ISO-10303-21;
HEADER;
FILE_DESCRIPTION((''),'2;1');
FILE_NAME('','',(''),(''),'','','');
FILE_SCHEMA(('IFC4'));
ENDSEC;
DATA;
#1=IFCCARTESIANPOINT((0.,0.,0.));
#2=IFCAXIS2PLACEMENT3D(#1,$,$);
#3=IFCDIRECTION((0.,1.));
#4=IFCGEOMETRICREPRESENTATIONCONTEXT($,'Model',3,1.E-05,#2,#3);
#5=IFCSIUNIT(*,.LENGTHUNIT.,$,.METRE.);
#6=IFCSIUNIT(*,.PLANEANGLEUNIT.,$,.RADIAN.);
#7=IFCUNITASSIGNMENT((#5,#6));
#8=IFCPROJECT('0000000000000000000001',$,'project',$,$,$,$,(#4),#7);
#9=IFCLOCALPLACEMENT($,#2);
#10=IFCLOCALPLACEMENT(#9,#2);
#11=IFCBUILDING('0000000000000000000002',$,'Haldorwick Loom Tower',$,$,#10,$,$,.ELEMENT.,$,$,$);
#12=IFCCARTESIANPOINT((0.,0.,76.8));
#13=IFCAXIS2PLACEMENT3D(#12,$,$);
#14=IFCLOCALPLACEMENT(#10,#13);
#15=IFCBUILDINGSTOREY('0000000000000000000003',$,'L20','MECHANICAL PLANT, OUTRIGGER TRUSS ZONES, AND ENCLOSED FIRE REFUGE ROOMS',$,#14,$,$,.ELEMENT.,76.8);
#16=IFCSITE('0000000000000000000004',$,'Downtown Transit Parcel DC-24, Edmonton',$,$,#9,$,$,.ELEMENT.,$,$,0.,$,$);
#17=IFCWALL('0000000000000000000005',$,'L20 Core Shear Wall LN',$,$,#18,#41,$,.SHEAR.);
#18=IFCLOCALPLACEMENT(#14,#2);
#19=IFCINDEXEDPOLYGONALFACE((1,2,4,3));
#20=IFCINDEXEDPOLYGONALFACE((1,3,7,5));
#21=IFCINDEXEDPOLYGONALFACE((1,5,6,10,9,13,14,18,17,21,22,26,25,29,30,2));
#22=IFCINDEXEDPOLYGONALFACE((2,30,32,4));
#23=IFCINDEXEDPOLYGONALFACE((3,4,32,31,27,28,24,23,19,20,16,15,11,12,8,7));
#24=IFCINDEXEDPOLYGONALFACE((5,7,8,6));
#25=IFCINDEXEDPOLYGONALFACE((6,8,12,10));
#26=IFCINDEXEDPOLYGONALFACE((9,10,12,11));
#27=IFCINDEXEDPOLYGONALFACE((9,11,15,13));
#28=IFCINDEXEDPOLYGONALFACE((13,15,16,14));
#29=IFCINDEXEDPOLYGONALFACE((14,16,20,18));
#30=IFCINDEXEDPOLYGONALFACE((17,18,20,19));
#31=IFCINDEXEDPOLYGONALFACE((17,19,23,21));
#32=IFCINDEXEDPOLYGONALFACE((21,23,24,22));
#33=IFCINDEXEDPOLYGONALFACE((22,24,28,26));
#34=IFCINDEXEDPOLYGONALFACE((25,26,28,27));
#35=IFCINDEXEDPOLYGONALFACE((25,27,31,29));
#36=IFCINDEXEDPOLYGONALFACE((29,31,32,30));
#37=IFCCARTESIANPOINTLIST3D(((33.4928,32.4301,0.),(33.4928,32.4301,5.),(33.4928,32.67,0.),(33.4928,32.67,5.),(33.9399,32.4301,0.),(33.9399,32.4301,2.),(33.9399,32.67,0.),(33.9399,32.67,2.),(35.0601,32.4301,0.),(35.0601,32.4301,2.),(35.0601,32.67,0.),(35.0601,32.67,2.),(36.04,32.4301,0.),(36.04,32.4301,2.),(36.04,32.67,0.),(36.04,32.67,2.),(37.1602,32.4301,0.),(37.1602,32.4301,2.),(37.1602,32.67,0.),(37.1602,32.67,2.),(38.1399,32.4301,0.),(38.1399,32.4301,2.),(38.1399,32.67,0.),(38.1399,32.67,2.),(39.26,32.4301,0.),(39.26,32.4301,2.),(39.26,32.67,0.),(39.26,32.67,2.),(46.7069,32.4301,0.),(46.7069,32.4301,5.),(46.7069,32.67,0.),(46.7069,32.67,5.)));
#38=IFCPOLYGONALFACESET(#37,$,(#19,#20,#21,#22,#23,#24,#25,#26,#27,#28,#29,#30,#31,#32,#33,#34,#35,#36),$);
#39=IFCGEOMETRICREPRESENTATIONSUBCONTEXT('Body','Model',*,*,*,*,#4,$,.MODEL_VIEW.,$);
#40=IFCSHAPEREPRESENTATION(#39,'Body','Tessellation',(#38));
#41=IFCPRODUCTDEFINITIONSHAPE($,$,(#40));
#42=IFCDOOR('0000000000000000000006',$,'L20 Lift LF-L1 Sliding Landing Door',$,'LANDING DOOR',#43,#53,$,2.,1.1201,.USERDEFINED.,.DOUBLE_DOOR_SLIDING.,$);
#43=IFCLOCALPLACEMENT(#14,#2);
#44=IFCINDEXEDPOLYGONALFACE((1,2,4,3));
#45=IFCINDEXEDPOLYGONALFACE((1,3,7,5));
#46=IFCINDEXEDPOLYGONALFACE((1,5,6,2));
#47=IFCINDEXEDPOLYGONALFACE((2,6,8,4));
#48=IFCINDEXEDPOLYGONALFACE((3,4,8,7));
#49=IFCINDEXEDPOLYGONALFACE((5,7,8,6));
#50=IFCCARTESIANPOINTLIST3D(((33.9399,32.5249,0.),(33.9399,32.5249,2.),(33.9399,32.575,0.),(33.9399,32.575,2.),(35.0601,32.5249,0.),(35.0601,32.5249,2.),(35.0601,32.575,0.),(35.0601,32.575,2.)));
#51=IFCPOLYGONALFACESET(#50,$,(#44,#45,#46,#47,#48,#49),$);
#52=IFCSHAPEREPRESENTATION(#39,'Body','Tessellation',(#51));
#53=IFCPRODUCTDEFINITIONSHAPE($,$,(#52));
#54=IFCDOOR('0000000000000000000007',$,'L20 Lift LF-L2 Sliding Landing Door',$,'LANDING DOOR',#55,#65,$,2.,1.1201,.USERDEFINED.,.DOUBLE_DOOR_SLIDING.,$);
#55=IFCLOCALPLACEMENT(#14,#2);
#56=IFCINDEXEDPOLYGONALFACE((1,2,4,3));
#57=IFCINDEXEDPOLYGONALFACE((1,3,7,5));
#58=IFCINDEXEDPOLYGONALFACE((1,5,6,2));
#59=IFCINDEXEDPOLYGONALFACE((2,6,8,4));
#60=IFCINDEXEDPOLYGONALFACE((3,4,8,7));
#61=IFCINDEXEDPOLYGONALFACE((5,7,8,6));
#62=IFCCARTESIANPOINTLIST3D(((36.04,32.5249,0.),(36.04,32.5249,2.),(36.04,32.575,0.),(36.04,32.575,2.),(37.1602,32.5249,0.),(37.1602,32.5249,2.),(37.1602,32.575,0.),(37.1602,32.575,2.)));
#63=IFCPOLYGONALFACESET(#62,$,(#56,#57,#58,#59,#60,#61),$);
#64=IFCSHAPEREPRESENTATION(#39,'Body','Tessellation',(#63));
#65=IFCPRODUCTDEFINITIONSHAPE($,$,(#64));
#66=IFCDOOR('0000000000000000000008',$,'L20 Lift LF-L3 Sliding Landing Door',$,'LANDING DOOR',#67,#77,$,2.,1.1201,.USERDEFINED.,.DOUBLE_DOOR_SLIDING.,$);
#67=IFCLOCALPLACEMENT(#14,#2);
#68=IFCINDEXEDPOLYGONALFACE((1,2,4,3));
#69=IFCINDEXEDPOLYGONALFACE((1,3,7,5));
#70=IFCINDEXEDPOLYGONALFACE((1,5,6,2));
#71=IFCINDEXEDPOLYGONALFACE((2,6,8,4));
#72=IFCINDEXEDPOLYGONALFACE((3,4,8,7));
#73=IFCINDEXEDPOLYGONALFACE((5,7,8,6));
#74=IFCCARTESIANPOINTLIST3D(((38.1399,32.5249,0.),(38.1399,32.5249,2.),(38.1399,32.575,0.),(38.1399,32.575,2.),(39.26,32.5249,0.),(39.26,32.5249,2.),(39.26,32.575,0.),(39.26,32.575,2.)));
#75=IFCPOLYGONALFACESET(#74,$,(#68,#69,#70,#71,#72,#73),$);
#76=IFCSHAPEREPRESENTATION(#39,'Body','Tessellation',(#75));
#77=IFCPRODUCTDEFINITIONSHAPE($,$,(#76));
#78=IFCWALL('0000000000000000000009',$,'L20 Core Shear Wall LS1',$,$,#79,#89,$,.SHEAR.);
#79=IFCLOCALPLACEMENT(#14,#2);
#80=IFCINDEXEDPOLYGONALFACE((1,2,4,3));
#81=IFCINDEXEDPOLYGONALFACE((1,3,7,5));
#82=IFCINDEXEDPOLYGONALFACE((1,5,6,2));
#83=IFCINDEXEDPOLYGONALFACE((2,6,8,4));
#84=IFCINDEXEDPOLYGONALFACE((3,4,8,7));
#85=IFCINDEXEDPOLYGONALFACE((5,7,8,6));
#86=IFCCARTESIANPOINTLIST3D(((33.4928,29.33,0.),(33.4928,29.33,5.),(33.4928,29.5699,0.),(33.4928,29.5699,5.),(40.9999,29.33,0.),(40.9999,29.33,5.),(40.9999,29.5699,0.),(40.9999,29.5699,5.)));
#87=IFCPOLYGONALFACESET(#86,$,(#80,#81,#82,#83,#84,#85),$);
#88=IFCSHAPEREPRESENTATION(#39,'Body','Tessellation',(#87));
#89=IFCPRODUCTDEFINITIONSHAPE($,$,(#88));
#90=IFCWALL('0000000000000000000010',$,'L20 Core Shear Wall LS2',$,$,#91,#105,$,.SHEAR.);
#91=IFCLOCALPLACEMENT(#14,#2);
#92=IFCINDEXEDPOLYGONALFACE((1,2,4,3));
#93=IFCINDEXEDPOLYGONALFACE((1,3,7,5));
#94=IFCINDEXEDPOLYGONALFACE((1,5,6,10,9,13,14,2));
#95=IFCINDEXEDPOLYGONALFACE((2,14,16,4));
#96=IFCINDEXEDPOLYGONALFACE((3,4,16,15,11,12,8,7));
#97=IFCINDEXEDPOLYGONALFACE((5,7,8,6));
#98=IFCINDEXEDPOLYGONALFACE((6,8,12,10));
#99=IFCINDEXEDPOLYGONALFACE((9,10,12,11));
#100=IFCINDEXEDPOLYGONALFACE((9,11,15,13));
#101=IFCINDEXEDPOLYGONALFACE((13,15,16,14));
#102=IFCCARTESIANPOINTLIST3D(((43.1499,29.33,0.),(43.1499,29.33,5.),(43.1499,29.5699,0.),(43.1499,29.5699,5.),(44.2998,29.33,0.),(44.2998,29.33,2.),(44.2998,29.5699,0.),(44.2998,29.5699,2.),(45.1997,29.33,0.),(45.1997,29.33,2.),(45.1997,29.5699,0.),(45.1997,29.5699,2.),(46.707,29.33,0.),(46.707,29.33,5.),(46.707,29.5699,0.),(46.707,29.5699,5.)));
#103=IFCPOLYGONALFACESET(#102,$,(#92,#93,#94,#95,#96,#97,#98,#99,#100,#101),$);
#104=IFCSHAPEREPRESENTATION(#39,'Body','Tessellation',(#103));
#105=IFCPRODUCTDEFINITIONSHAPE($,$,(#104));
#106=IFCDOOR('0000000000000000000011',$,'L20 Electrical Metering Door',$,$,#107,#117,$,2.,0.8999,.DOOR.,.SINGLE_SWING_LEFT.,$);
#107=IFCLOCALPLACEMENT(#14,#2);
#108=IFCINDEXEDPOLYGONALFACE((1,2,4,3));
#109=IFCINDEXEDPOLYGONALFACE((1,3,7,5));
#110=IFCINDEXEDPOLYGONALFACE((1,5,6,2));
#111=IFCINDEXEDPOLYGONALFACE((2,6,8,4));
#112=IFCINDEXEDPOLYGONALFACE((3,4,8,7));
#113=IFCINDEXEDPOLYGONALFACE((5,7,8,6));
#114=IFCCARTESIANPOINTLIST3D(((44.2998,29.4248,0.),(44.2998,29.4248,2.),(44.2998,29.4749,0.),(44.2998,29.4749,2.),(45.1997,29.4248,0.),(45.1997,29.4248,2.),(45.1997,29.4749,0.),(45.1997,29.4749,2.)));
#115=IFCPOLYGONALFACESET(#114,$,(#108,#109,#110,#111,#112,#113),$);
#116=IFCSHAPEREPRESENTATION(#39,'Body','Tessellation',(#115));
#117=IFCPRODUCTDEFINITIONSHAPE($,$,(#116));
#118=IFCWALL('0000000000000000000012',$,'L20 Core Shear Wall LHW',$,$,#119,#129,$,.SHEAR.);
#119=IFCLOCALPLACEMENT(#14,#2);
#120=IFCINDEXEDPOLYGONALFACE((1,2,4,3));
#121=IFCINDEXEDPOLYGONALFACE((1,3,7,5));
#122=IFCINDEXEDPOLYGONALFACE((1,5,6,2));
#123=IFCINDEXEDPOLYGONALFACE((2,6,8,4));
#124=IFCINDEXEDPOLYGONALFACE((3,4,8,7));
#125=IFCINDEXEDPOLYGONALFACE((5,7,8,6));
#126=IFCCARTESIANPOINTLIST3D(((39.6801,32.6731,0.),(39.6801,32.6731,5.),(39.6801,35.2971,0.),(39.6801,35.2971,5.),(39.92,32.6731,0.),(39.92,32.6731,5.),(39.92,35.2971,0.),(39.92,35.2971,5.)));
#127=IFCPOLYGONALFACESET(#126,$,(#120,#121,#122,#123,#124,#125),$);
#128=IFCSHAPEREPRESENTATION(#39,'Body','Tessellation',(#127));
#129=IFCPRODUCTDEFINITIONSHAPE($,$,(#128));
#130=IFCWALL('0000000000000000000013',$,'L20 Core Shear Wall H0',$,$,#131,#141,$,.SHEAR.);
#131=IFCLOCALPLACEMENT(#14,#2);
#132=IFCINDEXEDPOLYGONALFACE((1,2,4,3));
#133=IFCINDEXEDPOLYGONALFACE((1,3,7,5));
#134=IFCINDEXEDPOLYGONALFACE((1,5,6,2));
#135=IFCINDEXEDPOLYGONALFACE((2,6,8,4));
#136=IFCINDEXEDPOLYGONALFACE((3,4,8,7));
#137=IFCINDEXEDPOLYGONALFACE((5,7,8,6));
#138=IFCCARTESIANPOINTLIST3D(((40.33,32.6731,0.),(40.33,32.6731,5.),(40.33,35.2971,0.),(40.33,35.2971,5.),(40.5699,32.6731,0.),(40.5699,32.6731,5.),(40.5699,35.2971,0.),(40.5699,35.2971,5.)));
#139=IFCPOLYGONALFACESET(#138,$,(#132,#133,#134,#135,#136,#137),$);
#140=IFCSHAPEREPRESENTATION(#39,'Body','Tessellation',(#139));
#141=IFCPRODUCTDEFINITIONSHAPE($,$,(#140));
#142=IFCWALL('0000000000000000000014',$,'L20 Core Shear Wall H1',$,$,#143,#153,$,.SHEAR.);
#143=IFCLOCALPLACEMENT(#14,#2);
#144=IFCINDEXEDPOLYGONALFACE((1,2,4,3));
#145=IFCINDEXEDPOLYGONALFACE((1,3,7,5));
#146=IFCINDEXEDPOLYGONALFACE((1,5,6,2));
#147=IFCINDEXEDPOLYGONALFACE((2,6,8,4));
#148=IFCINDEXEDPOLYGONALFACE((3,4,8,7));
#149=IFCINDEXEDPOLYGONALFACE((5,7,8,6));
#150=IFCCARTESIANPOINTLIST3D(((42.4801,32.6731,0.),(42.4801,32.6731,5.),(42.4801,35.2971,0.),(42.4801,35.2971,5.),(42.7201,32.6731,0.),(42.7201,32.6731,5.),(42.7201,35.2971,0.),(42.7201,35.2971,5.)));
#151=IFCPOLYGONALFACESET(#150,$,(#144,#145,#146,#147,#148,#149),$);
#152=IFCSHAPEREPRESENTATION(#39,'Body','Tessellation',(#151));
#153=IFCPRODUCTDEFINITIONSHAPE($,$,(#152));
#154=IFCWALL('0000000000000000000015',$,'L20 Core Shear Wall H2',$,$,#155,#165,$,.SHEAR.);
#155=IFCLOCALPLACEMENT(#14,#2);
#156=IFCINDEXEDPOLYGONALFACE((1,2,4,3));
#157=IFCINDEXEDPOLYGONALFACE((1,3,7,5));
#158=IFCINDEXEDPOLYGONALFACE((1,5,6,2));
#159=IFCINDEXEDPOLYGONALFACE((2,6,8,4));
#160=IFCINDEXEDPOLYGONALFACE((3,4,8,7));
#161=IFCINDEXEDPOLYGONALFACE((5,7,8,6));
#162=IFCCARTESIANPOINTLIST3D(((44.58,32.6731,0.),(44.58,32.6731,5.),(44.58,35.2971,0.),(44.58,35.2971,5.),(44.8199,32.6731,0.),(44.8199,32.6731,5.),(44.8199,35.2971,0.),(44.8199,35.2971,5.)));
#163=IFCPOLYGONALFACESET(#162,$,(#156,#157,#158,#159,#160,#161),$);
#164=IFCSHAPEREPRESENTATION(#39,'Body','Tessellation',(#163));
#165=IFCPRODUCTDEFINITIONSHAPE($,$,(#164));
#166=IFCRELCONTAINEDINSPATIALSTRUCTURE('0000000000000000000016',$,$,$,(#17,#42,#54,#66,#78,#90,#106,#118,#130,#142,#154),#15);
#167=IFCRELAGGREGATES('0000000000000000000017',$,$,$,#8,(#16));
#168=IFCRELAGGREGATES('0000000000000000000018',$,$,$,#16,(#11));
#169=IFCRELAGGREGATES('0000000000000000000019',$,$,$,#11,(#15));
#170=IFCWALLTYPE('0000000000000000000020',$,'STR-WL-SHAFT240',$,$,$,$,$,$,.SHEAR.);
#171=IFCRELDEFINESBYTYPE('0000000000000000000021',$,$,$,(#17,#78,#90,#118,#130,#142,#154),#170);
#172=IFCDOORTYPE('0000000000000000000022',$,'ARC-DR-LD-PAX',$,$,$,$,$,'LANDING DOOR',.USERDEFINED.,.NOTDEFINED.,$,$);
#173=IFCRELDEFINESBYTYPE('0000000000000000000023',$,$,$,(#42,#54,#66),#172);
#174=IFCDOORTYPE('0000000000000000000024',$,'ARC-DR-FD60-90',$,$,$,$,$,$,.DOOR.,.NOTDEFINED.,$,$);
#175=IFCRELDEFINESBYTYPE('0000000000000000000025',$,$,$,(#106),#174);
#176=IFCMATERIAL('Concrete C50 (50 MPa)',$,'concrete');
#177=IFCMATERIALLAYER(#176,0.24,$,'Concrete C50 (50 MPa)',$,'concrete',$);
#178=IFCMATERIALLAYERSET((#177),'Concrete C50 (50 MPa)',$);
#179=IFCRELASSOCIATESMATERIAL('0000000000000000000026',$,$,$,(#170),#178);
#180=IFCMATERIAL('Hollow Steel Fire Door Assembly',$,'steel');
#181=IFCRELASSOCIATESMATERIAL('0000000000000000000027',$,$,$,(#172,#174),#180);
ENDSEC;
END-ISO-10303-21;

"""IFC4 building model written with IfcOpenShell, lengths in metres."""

from ifc_helpers import new_model, si_unit, direction, frame, frame_2d, origin, place, context, subcontext, project, spatial, rectangle, extrude, material, layer, layer_set, type_object, element, fill, save


model = new_model("IFC4")

# Units and contexts
model_context = context("Model", 3, precision=1e-05, world=origin(), true_north=direction((0.0, 1.0)))
body_context = subcontext(model_context, "Body", "Model", "MODEL_VIEW")
ifc_project = project(units=[si_unit("LENGTHUNIT", "METRE"), si_unit("PLANEANGLEUNIT", "RADIAN")], contexts=[model_context])

# Site, building, storey
site_placement = place(None, origin())
site = spatial("IfcSite", under=ifc_project, at=site_placement, Name="Downtown Transit Parcel DC-24, Edmonton", CompositionType="ELEMENT", RefElevation=0.0)
building_placement = place(site_placement, origin())
building = spatial("IfcBuilding", under=site, at=building_placement, Name="Haldorwick Loom Tower", CompositionType="ELEMENT")
storey_placement = place(building_placement, frame((0.0, 0.0, 76.8)))
storey = spatial("IfcBuildingStorey", under=building, at=storey_placement, Name="L20", Description="MECHANICAL PLANT, OUTRIGGER TRUSS ZONES, AND ENCLOSED FIRE REFUGE ROOMS", CompositionType="ELEMENT", Elevation=76.8)

# Wall, openings, doors
ifc_material_1 = material(Name="Concrete C50 (50 MPa)", Category="concrete")
ifc_layer_1 = layer(ifc_material_1, 0.24, Name="Concrete C50 (50 MPa)", Category="concrete")
ifc_layer_set_1 = layer_set([ifc_layer_1], Name="Concrete C50 (50 MPa)")
wall_type_1 = type_object("IfcWallType", Name="STR-WL-SHAFT240", PredefinedType="SHEAR", material=ifc_layer_set_1)
wall_1_placement = place(storey_placement, frame((33.4929, 32.55, 0.0), z_axis=(0.0, 0.0, 1.0), x_axis=(1.0, 0.0, 0.0)))
wall_1 = element("IfcWall", 1, at=wall_1_placement, inside=storey, type_object=wall_type_1, Name="L20 Core Shear Wall LN", PredefinedType="SHEAR", context=body_context, shape_type="SweptSolid", body=[
    extrude(rectangle(XDim=13.2141, YDim=0.24, at=frame_2d((6.6069, 0.0))), origin(), (0.0, 0.0, 1.0), 5.0),
])
opening_1_placement = place(wall_1_placement, frame((0.447, 0.0, 0.0)))
opening_1 = element("IfcOpeningElement", 2, at=opening_1_placement, cuts=wall_1, PredefinedType="OPENING", context=body_context, shape_type="SweptSolid", body=[
    extrude(rectangle(XDim=1.1201, YDim=2.0, at=frame_2d((0.5601, 1.0))), frame((0.0, 0.1299, 0.0), z_axis=(0.0, -1.0, 0.0), x_axis=(1.0, 0.0, 0.0)), (0.0, 0.0, 1.0), 0.26),
])
opening_2_placement = place(wall_1_placement, frame((2.5471, 0.0, 0.0)))
opening_2 = element("IfcOpeningElement", 3, at=opening_2_placement, cuts=wall_1, PredefinedType="OPENING", context=body_context, shape_type="SweptSolid", body=[
    extrude(rectangle(XDim=1.1201, YDim=2.0, at=frame_2d((0.5601, 1.0))), frame((0.0, 0.1299, 0.0), z_axis=(0.0, -1.0, 0.0), x_axis=(1.0, 0.0, 0.0)), (0.0, 0.0, 1.0), 0.26),
])
opening_3_placement = place(wall_1_placement, frame((4.647, 0.0, 0.0)))
opening_3 = element("IfcOpeningElement", 4, at=opening_3_placement, cuts=wall_1, PredefinedType="OPENING", context=body_context, shape_type="SweptSolid", body=[
    extrude(rectangle(XDim=1.1201, YDim=2.0, at=frame_2d((0.5601, 1.0))), frame((0.0, 0.1299, 0.0), z_axis=(0.0, -1.0, 0.0), x_axis=(1.0, 0.0, 0.0)), (0.0, 0.0, 1.0), 0.26),
])
ifc_material_2 = material(Name="Hollow Steel Fire Door Assembly", Category="steel")
door_type_1 = type_object("IfcDoorType", Name="ARC-DR-LD-PAX", ElementType="LANDING DOOR", OperationType="NOTDEFINED", PredefinedType="USERDEFINED", material=ifc_material_2)
door_1_placement = place(opening_1_placement, origin())
door_1 = element("IfcDoor", 5, at=door_1_placement, inside=storey, type_object=door_type_1, Name="L20 Lift LF-L1 Sliding Landing Door", ObjectType="LANDING DOOR", OperationType="DOUBLE_DOOR_SLIDING", OverallHeight=2.0, OverallWidth=1.1201, PredefinedType="USERDEFINED", context=body_context, shape_type="SweptSolid", body=[
    extrude(rectangle(XDim=1.1201, YDim=2.0, at=frame_2d((0.5601, 1.0))), frame((0.0, 0.0249, 0.0), z_axis=(0.0, -1.0, 0.0), x_axis=(1.0, 0.0, 0.0)), (0.0, 0.0, 1.0), 0.05),
])
fill(opening_1, door_1)
door_2_placement = place(opening_2_placement, origin())
door_2 = element("IfcDoor", 6, at=door_2_placement, inside=storey, type_object=door_type_1, Name="L20 Lift LF-L2 Sliding Landing Door", ObjectType="LANDING DOOR", OperationType="DOUBLE_DOOR_SLIDING", OverallHeight=2.0, OverallWidth=1.1201, PredefinedType="USERDEFINED", context=body_context, shape_type="SweptSolid", body=[
    extrude(rectangle(XDim=1.1201, YDim=2.0, at=frame_2d((0.5601, 1.0))), frame((0.0, 0.0249, 0.0), z_axis=(0.0, -1.0, 0.0), x_axis=(1.0, 0.0, 0.0)), (0.0, 0.0, 1.0), 0.05),
])
fill(opening_2, door_2)
door_3_placement = place(opening_3_placement, origin())
door_3 = element("IfcDoor", 7, at=door_3_placement, inside=storey, type_object=door_type_1, Name="L20 Lift LF-L3 Sliding Landing Door", ObjectType="LANDING DOOR", OperationType="DOUBLE_DOOR_SLIDING", OverallHeight=2.0, OverallWidth=1.1201, PredefinedType="USERDEFINED", context=body_context, shape_type="SweptSolid", body=[
    extrude(rectangle(XDim=1.1201, YDim=2.0, at=frame_2d((0.5601, 1.0))), frame((0.0, 0.0249, 0.0), z_axis=(0.0, -1.0, 0.0), x_axis=(1.0, 0.0, 0.0)), (0.0, 0.0, 1.0), 0.05),
])
fill(opening_3, door_3)

# Wall
wall_2_placement = place(storey_placement, frame((33.4929, 29.45, 0.0), z_axis=(0.0, 0.0, 1.0), x_axis=(1.0, 0.0, 0.0)))
element("IfcWall", 8, at=wall_2_placement, inside=storey, type_object=wall_type_1, Name="L20 Core Shear Wall LS1", PredefinedType="SHEAR", context=body_context, shape_type="SweptSolid", body=[
    extrude(rectangle(XDim=7.5071, YDim=0.24, at=frame_2d((3.7534, 0.0))), origin(), (0.0, 0.0, 1.0), 5.0),
])

# Wall, opening, door
wall_3_placement = place(storey_placement, frame((43.1499, 29.45, 0.0), z_axis=(0.0, 0.0, 1.0), x_axis=(1.0, 0.0, 0.0)))
wall_3 = element("IfcWall", 9, at=wall_3_placement, inside=storey, type_object=wall_type_1, Name="L20 Core Shear Wall LS2", PredefinedType="SHEAR", context=body_context, shape_type="SweptSolid", body=[
    extrude(rectangle(XDim=3.5571, YDim=0.24, at=frame_2d((1.7786, 0.0))), origin(), (0.0, 0.0, 1.0), 5.0),
])
opening_4_placement = place(wall_3_placement, frame((1.1499, 0.0, 0.0)))
opening_4 = element("IfcOpeningElement", 10, at=opening_4_placement, cuts=wall_3, PredefinedType="OPENING", context=body_context, shape_type="SweptSolid", body=[
    extrude(rectangle(XDim=0.8999, YDim=2.0, at=frame_2d((0.45, 1.0))), frame((0.0, 0.1299, 0.0), z_axis=(0.0, -1.0, 0.0), x_axis=(1.0, 0.0, 0.0)), (0.0, 0.0, 1.0), 0.26),
])
door_type_2 = type_object("IfcDoorType", Name="ARC-DR-FD60-90", OperationType="NOTDEFINED", PredefinedType="DOOR", material=ifc_material_2)
door_4_placement = place(opening_4_placement, origin())
door_4 = element("IfcDoor", 11, at=door_4_placement, inside=storey, type_object=door_type_2, Name="L20 Electrical Metering Door", OperationType="SINGLE_SWING_LEFT", OverallHeight=2.0, OverallWidth=0.8999, PredefinedType="DOOR", context=body_context, shape_type="SweptSolid", body=[
    extrude(rectangle(XDim=0.8999, YDim=2.0, at=frame_2d((0.45, 1.0))), frame((0.0, 0.0249, 0.0), z_axis=(0.0, -1.0, 0.0), x_axis=(1.0, 0.0, 0.0)), (0.0, 0.0, 1.0), 0.05),
])
fill(opening_4, door_4)

# Walls
for number, where, z_axis, x_axis, name in (
    (12, (39.8, 32.6731, 0.0), (0.0, 0.0, 1.0), (0.0, 1.0, 0.0), "L20 Core Shear Wall LHW"),
    (13, (40.45, 32.6731, 0.0), (0.0, 0.0, 1.0), (0.0, 1.0, 0.0), "L20 Core Shear Wall H0"),
    (14, (42.6001, 32.6731, 0.0), (0.0, 0.0, 1.0), (0.0, 1.0, 0.0), "L20 Core Shear Wall H1"),
    (15, (44.7, 32.6731, 0.0), (0.0, 0.0, 1.0), (0.0, 1.0, 0.0), "L20 Core Shear Wall H2"),
):
    element("IfcWall", number, at=place(storey_placement, frame(where, z_axis=z_axis, x_axis=x_axis)), inside=storey, type_object=wall_type_1, Name=name, PredefinedType="SHEAR", context=body_context, shape_type="SweptSolid", body=[
        extrude(rectangle(XDim=2.624, YDim=0.24, at=frame_2d((1.312, 0.0))), origin(), (0.0, 0.0, 1.0), 5.0),
    ])

save(model, "model.ifc")
